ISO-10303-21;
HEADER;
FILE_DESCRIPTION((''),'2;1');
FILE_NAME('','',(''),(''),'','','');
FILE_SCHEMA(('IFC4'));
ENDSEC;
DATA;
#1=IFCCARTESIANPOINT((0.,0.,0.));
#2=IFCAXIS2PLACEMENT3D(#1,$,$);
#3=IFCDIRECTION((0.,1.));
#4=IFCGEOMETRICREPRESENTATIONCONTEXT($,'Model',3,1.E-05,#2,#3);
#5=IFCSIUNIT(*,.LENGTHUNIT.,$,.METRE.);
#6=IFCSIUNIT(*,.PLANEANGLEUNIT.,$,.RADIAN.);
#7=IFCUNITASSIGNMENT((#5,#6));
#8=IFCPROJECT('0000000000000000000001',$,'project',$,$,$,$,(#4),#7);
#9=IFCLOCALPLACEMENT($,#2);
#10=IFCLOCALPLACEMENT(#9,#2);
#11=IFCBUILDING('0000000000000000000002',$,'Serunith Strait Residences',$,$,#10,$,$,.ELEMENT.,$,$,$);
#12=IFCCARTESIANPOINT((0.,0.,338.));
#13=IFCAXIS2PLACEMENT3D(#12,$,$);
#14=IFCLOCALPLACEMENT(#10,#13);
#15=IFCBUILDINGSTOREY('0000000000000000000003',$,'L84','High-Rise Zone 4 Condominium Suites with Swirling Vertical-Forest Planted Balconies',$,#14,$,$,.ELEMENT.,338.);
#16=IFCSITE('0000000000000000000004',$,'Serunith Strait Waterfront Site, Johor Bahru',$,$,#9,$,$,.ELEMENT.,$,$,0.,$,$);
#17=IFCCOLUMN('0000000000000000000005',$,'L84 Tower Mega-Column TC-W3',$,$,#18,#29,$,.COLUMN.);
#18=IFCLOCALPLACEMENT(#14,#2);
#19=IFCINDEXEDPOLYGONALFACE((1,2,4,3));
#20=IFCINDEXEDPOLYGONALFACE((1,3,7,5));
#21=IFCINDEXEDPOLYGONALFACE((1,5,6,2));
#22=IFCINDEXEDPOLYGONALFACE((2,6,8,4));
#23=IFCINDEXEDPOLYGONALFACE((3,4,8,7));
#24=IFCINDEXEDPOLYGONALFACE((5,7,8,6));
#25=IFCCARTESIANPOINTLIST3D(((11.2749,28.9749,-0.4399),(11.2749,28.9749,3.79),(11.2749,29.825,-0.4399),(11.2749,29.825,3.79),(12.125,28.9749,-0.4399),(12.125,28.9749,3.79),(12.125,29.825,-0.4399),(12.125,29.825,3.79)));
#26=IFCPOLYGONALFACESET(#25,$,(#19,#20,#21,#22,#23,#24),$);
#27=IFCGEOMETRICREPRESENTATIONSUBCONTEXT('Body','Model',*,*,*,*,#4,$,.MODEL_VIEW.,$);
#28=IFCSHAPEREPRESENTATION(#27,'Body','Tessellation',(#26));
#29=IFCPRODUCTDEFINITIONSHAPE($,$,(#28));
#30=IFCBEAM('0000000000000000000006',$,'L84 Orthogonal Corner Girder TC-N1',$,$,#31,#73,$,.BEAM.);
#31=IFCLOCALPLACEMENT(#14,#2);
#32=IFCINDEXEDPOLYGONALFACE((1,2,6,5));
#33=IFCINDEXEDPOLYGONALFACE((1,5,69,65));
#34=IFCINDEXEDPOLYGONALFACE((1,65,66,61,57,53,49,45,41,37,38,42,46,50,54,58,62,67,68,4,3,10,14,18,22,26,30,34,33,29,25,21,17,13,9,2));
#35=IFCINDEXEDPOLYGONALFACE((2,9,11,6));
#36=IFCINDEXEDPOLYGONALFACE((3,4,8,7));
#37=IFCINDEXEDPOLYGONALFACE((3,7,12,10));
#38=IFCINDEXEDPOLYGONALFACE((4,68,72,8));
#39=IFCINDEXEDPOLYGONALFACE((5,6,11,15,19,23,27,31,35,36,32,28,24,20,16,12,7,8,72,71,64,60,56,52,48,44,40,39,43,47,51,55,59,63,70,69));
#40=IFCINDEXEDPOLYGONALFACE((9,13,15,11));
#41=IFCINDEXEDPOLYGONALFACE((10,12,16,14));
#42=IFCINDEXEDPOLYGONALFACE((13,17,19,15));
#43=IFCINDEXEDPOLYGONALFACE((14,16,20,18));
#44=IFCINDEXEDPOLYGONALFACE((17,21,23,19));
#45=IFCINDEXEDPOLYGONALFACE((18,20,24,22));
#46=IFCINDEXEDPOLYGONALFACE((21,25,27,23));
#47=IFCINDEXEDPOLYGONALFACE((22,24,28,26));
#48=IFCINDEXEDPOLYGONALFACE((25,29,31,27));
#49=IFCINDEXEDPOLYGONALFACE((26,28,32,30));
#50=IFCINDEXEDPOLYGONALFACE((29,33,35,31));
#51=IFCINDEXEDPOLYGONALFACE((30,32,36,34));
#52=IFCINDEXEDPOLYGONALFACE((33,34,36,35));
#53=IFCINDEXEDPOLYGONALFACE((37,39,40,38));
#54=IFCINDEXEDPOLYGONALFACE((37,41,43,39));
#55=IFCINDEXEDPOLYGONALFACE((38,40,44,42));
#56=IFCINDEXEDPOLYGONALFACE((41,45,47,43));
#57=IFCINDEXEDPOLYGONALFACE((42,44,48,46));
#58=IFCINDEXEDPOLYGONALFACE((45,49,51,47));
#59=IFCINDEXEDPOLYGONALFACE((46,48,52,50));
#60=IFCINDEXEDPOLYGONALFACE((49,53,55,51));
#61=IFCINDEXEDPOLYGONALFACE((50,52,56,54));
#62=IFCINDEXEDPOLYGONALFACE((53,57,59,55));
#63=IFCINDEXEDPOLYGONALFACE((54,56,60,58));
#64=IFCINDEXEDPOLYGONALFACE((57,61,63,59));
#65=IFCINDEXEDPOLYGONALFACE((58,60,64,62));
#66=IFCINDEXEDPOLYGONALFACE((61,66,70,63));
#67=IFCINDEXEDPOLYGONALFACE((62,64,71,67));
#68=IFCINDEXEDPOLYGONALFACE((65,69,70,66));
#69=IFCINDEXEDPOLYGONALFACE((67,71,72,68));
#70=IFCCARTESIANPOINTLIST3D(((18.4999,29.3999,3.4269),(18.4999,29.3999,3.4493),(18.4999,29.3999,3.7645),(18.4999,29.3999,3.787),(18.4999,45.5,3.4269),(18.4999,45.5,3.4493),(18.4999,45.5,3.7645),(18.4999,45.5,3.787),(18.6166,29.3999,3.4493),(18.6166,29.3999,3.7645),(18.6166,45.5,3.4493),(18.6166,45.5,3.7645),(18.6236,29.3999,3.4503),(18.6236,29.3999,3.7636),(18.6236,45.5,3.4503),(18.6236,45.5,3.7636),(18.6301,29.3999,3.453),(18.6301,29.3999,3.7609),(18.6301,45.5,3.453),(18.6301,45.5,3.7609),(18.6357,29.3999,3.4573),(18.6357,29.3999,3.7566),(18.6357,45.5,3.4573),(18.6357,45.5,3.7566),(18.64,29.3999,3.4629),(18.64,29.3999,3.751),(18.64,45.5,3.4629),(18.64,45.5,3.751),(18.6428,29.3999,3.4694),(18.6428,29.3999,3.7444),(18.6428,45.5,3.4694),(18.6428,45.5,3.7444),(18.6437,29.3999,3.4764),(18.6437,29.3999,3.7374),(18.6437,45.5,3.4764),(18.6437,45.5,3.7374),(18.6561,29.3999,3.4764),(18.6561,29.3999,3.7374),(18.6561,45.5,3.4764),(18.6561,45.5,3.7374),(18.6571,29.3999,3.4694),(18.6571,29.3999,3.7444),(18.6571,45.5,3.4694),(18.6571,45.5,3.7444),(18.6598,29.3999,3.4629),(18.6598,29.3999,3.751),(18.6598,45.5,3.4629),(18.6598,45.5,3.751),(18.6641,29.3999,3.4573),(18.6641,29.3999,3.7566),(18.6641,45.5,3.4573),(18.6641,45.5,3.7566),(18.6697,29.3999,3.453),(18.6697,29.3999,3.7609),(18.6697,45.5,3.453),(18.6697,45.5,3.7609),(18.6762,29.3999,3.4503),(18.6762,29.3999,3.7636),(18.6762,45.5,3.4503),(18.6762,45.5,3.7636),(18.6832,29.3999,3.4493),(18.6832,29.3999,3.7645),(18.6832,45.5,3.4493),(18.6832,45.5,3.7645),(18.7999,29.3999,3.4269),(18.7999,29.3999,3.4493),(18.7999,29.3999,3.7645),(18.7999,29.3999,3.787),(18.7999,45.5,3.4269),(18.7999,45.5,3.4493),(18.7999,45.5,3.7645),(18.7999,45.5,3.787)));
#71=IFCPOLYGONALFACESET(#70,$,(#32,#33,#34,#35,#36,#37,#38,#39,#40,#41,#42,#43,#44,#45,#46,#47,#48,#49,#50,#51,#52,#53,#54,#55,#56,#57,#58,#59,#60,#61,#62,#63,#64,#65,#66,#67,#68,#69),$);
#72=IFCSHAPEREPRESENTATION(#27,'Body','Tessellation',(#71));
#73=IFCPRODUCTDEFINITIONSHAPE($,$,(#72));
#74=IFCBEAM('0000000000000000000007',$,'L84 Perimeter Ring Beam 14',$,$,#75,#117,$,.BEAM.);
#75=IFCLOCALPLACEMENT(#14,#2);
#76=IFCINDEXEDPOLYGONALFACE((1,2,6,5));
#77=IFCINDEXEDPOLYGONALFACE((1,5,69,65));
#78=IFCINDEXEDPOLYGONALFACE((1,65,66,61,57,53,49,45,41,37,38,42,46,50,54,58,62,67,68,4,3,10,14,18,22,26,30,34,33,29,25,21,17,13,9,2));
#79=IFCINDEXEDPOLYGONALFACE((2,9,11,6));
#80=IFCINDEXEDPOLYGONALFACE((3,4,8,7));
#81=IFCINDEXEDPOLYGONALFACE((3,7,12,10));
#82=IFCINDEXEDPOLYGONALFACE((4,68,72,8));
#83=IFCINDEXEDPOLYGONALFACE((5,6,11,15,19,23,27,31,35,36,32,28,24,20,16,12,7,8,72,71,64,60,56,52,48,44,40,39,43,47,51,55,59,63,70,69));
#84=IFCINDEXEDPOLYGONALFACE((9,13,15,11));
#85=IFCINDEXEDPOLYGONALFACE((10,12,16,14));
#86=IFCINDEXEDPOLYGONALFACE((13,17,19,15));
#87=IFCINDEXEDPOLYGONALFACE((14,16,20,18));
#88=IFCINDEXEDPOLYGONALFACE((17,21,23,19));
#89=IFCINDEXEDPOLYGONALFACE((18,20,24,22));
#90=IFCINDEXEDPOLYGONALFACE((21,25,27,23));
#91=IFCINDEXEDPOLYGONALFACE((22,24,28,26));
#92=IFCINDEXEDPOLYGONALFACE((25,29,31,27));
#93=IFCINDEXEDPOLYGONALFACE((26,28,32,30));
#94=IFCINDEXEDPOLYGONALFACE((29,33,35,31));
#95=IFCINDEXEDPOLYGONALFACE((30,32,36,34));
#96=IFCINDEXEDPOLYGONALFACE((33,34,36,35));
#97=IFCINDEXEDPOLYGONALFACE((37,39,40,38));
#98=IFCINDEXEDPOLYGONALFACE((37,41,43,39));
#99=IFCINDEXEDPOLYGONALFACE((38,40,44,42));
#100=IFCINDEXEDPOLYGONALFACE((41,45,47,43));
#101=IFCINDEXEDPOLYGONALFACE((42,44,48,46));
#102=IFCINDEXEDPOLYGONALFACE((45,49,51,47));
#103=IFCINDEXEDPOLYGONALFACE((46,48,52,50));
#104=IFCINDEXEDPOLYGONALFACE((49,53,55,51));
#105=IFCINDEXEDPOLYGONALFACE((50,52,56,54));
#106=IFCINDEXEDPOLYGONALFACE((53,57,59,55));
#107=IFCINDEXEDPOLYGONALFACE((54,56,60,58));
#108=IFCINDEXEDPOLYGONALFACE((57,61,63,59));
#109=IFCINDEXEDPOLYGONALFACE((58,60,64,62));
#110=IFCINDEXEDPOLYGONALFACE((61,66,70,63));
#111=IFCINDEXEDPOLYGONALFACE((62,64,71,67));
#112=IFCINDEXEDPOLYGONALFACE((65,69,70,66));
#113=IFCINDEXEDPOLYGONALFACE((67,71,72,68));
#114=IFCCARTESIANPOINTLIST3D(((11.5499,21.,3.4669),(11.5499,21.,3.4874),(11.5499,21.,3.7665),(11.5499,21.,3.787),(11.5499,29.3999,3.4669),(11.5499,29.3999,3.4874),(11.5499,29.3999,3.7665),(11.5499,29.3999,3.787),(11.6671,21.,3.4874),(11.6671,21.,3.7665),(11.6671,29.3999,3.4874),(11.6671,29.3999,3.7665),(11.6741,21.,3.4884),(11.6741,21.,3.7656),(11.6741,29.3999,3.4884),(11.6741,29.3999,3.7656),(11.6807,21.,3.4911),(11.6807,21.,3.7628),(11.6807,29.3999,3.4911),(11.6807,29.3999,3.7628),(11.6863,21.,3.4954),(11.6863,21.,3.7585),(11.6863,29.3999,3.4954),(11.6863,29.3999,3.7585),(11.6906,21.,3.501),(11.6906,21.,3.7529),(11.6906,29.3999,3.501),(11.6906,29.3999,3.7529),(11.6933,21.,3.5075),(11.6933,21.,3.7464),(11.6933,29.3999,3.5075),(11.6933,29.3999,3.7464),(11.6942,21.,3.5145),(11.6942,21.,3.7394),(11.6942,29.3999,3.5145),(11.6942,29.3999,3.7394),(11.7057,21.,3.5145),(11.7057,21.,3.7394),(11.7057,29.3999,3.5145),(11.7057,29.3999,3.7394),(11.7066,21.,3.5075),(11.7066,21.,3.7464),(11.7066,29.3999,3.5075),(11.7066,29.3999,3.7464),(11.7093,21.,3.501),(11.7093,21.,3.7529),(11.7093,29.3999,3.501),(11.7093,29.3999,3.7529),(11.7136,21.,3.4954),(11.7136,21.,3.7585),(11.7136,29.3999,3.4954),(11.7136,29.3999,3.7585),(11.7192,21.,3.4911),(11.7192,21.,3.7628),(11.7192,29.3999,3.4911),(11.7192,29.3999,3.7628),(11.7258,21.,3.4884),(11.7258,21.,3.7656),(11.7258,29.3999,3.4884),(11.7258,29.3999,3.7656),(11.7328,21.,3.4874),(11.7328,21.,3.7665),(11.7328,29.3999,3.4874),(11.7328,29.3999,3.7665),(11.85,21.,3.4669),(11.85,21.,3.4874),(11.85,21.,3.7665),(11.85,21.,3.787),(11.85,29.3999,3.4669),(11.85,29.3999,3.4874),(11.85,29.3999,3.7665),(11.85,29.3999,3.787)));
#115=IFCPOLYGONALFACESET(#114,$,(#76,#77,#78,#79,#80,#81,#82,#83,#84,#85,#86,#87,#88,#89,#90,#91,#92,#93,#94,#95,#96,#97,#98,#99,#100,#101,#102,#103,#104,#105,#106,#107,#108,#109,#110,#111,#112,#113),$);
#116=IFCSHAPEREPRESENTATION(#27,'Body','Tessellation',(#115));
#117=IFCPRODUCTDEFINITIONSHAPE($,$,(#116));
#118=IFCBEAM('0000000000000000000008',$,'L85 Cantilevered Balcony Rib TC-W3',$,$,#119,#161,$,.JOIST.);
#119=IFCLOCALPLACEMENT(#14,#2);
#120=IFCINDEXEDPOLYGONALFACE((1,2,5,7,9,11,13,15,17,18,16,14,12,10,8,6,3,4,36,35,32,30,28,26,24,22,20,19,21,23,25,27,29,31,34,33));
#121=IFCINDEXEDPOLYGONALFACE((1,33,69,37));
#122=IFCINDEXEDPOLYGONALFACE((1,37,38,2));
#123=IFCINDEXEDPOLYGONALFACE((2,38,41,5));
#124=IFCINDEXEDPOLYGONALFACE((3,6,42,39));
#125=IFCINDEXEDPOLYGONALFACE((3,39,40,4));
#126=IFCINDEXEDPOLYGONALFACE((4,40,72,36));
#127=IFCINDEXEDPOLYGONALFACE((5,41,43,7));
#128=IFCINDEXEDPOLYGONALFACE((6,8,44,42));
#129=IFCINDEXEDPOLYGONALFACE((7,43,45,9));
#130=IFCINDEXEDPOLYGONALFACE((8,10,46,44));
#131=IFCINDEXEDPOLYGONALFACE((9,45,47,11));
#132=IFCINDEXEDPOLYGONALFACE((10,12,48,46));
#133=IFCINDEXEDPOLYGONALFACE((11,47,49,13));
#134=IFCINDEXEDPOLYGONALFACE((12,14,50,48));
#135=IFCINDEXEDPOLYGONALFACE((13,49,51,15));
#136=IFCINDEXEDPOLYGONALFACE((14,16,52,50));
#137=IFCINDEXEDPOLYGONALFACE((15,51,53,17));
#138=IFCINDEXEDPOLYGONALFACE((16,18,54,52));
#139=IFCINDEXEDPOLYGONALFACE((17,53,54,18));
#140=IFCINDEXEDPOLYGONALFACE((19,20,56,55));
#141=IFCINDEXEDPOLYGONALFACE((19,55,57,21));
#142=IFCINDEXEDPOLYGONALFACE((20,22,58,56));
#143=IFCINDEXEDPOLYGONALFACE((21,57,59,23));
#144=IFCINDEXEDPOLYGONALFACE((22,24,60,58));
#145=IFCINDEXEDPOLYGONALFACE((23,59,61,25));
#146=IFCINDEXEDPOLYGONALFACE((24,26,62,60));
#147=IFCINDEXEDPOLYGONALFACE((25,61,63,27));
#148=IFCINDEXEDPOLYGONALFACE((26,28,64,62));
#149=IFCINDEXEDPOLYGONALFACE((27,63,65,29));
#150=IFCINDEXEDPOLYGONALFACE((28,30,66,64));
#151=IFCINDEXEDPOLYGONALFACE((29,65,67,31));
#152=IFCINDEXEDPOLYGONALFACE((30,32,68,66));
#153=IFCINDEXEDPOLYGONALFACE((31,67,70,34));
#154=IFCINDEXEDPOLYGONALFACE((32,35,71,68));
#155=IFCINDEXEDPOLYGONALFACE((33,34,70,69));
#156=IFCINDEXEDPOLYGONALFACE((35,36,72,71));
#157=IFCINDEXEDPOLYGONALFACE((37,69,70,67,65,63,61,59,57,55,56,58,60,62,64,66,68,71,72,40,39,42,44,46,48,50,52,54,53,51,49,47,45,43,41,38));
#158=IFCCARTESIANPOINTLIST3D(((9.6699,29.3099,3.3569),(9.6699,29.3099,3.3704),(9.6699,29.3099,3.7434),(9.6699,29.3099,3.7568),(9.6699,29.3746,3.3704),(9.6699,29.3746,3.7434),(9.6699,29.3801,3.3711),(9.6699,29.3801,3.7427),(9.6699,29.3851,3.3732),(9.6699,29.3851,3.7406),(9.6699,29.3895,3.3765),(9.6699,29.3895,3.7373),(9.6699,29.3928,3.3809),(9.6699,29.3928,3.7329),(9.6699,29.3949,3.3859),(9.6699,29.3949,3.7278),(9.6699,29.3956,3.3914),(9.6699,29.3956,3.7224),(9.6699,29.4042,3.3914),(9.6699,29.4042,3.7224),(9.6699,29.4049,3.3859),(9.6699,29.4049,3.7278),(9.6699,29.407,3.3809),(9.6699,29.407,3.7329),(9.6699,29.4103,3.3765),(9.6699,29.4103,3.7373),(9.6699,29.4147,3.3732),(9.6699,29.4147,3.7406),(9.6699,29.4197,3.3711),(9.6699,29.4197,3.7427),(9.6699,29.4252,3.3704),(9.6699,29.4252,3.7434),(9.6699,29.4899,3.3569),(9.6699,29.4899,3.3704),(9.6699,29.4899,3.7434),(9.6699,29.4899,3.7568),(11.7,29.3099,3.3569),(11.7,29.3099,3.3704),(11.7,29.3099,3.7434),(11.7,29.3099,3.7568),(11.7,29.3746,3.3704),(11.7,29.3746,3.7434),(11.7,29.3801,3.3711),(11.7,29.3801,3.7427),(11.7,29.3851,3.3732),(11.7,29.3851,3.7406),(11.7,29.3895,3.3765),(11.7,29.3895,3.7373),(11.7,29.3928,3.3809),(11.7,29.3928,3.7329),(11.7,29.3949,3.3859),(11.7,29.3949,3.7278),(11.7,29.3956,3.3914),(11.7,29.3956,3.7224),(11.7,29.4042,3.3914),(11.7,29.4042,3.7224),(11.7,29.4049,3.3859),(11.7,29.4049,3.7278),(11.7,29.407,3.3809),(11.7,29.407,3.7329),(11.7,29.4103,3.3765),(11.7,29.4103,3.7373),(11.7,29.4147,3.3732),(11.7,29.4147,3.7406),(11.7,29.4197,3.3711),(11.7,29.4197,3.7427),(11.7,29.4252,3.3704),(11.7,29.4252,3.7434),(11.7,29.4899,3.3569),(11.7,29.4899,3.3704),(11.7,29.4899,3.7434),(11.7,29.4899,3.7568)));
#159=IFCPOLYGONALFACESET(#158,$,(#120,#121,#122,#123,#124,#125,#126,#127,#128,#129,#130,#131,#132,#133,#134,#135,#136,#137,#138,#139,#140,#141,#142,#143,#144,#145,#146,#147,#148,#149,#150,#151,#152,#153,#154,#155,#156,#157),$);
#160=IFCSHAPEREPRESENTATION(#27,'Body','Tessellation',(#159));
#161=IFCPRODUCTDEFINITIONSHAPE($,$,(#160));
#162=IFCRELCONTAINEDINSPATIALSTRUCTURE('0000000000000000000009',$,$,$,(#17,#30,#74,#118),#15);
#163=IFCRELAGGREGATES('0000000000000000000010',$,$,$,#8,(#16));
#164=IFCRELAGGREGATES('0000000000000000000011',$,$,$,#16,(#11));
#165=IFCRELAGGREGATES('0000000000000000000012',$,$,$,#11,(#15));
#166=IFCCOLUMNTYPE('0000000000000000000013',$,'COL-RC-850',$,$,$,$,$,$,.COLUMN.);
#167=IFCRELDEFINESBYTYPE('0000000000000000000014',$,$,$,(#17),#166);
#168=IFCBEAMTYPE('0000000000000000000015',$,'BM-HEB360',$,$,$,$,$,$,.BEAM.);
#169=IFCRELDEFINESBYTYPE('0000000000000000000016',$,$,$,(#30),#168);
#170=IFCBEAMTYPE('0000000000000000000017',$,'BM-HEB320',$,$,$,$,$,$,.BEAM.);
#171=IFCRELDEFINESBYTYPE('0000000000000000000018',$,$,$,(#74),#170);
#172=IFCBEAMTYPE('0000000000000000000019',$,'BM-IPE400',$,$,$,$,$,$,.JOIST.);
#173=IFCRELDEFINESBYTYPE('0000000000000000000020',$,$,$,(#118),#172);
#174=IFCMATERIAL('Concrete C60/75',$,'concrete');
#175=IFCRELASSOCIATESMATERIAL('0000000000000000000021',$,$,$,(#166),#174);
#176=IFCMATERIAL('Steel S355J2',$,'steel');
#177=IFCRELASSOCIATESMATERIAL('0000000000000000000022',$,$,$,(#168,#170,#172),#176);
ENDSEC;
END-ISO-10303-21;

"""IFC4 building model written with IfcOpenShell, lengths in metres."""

from ifc_helpers import new_model, si_unit, direction, frame, origin, origin_2d, place, context, subcontext, project, spatial, rectangle, i_section, extrude, source, transform, mapped, material, material_profile, profile_set, type_object, element, save


model = new_model("IFC4")

# Units and contexts
model_context = context("Model", 3, precision=1e-05, world=origin(), true_north=direction((0.0, 1.0)))
body_context = subcontext(model_context, "Body", "Model", "MODEL_VIEW")
ifc_project = project(units=[si_unit("LENGTHUNIT", "METRE"), si_unit("PLANEANGLEUNIT", "RADIAN")], contexts=[model_context])

# Site, building, storey
site_placement = place(None, origin())
site = spatial("IfcSite", under=ifc_project, at=site_placement, Name="Serunith Strait Waterfront Site, Johor Bahru", CompositionType="ELEMENT", RefElevation=0.0)
building_placement = place(site_placement, origin())
building = spatial("IfcBuilding", under=site, at=building_placement, Name="Serunith Strait Residences", CompositionType="ELEMENT")
storey_placement = place(building_placement, frame((0.0, 0.0, 338.0)))
storey = spatial("IfcBuildingStorey", under=building, at=storey_placement, Name="L84", Description="High-Rise Zone 4 Condominium Suites with Swirling Vertical-Forest Planted Balconies", CompositionType="ELEMENT", Elevation=338.0)

# Column
ifc_material_1 = material(Name="Concrete C60/75", Category="concrete")
ifc_material_profile_1 = material_profile(ifc_material_1, rectangle(XDim=0.8501, YDim=0.8501, at=origin_2d()), Name="RC 850x850")
ifc_profile_set_1 = profile_set([ifc_material_profile_1], Name="Concrete C60/75")
column_type = type_object("IfcColumnType", Name="COL-RC-850", PredefinedType="COLUMN", material=ifc_profile_set_1)
shared_shape_1 = source(origin(), body_context, "Body", "SweptSolid", [
    extrude(rectangle(XDim=0.8501, YDim=0.8501, at=origin_2d()), origin(), (0.0, 0.0, 1.0), 4.23),
])
column_placement = place(storey_placement, frame((11.7, 29.3999, -0.4399), z_axis=(0.0, 0.0, 1.0), x_axis=(1.0, 0.0, 0.0)))
element("IfcColumn", 1, at=column_placement, inside=storey, type_object=column_type, Name="L84 Tower Mega-Column TC-W3", PredefinedType="COLUMN", context=body_context, shape_type="MappedRepresentation", body=[
    mapped(shared_shape_1, transform((0.0, 0.0, 0.0), scale=1.0)),
])

# Beams
ifc_material_2 = material(Name="Steel S355J2", Category="steel")
ifc_material_profile_2 = material_profile(ifc_material_2, i_section(OverallWidth=0.3, OverallDepth=0.3601, WebThickness=0.0125, FlangeThickness=0.0225, FilletRadius=0.0271, at=origin_2d()), Name="HEB 360")
ifc_profile_set_2 = profile_set([ifc_material_profile_2], Name="Steel S355J2")
beam_type_1 = type_object("IfcBeamType", Name="BM-HEB360", PredefinedType="BEAM", material=ifc_profile_set_2)
shared_shape_2 = source(origin(), body_context, "Body", "SweptSolid", [
    extrude(i_section(OverallWidth=0.3, OverallDepth=0.3601, WebThickness=0.0125, FlangeThickness=0.0225, FilletRadius=0.0271, at=origin_2d()), origin(), (0.0, 0.0, 1.0), 16.1001),
])
beam_1_placement = place(storey_placement, frame((18.6499, 29.3999, 3.6069), z_axis=(0.0, 1.0, 0.0), x_axis=(-1.0, 0.0, 0.0)))
element("IfcBeam", 2, at=beam_1_placement, inside=storey, type_object=beam_type_1, Name="L84 Orthogonal Corner Girder TC-N1", PredefinedType="BEAM", context=body_context, shape_type="MappedRepresentation", body=[
    mapped(shared_shape_2, transform((0.0, 0.0, 0.0), scale=1.0)),
])
ifc_material_profile_3 = material_profile(ifc_material_2, i_section(OverallWidth=0.3, OverallDepth=0.3201, WebThickness=0.0115, FlangeThickness=0.0205, FilletRadius=0.0271, at=origin_2d()), Name="HEB 320")
ifc_profile_set_3 = profile_set([ifc_material_profile_3], Name="Steel S355J2")
beam_type_2 = type_object("IfcBeamType", Name="BM-HEB320", PredefinedType="BEAM", material=ifc_profile_set_3)
shared_shape_3 = source(origin(), body_context, "Body", "SweptSolid", [
    extrude(i_section(OverallWidth=0.3, OverallDepth=0.3201, WebThickness=0.0115, FlangeThickness=0.0205, FilletRadius=0.0271, at=origin_2d()), origin(), (0.0, 0.0, 1.0), 8.3999),
])
beam_2_placement = place(storey_placement, frame((11.7, 29.3999, 3.627), z_axis=(0.0, -1.0, 0.0), x_axis=(1.0, 0.0, 0.0)))
element("IfcBeam", 3, at=beam_2_placement, inside=storey, type_object=beam_type_2, Name="L84 Perimeter Ring Beam 14", PredefinedType="BEAM", context=body_context, shape_type="MappedRepresentation", body=[
    mapped(shared_shape_3, transform((0.0, 0.0, 0.0), scale=1.0)),
])
ifc_material_profile_4 = material_profile(ifc_material_2, i_section(OverallWidth=0.1799, OverallDepth=0.3999, WebThickness=0.0085, FlangeThickness=0.0134, FilletRadius=0.021, at=origin_2d()), Name="IPE 400")
ifc_profile_set_4 = profile_set([ifc_material_profile_4], Name="Steel S355J2")
beam_type_3 = type_object("IfcBeamType", Name="BM-IPE400", PredefinedType="JOIST", material=ifc_profile_set_4)
shared_shape_4 = source(origin(), body_context, "Body", "SweptSolid", [
    extrude(i_section(OverallWidth=0.1799, OverallDepth=0.3999, WebThickness=0.0085, FlangeThickness=0.0134, FilletRadius=0.021, at=origin_2d()), origin(), (0.0, 0.0, 1.0), 2.03),
])
beam_3_placement = place(storey_placement, frame((11.7, 29.3999, 3.5569), z_axis=(-1.0, 0.0, 0.0), x_axis=(0.0, -1.0, 0.0)))
element("IfcBeam", 4, at=beam_3_placement, inside=storey, type_object=beam_type_3, Name="L85 Cantilevered Balcony Rib TC-W3", PredefinedType="JOIST", context=body_context, shape_type="MappedRepresentation", body=[
    mapped(shared_shape_4, transform((0.0, 0.0, 0.0), scale=1.0)),
])

save(model, "model.ifc")
